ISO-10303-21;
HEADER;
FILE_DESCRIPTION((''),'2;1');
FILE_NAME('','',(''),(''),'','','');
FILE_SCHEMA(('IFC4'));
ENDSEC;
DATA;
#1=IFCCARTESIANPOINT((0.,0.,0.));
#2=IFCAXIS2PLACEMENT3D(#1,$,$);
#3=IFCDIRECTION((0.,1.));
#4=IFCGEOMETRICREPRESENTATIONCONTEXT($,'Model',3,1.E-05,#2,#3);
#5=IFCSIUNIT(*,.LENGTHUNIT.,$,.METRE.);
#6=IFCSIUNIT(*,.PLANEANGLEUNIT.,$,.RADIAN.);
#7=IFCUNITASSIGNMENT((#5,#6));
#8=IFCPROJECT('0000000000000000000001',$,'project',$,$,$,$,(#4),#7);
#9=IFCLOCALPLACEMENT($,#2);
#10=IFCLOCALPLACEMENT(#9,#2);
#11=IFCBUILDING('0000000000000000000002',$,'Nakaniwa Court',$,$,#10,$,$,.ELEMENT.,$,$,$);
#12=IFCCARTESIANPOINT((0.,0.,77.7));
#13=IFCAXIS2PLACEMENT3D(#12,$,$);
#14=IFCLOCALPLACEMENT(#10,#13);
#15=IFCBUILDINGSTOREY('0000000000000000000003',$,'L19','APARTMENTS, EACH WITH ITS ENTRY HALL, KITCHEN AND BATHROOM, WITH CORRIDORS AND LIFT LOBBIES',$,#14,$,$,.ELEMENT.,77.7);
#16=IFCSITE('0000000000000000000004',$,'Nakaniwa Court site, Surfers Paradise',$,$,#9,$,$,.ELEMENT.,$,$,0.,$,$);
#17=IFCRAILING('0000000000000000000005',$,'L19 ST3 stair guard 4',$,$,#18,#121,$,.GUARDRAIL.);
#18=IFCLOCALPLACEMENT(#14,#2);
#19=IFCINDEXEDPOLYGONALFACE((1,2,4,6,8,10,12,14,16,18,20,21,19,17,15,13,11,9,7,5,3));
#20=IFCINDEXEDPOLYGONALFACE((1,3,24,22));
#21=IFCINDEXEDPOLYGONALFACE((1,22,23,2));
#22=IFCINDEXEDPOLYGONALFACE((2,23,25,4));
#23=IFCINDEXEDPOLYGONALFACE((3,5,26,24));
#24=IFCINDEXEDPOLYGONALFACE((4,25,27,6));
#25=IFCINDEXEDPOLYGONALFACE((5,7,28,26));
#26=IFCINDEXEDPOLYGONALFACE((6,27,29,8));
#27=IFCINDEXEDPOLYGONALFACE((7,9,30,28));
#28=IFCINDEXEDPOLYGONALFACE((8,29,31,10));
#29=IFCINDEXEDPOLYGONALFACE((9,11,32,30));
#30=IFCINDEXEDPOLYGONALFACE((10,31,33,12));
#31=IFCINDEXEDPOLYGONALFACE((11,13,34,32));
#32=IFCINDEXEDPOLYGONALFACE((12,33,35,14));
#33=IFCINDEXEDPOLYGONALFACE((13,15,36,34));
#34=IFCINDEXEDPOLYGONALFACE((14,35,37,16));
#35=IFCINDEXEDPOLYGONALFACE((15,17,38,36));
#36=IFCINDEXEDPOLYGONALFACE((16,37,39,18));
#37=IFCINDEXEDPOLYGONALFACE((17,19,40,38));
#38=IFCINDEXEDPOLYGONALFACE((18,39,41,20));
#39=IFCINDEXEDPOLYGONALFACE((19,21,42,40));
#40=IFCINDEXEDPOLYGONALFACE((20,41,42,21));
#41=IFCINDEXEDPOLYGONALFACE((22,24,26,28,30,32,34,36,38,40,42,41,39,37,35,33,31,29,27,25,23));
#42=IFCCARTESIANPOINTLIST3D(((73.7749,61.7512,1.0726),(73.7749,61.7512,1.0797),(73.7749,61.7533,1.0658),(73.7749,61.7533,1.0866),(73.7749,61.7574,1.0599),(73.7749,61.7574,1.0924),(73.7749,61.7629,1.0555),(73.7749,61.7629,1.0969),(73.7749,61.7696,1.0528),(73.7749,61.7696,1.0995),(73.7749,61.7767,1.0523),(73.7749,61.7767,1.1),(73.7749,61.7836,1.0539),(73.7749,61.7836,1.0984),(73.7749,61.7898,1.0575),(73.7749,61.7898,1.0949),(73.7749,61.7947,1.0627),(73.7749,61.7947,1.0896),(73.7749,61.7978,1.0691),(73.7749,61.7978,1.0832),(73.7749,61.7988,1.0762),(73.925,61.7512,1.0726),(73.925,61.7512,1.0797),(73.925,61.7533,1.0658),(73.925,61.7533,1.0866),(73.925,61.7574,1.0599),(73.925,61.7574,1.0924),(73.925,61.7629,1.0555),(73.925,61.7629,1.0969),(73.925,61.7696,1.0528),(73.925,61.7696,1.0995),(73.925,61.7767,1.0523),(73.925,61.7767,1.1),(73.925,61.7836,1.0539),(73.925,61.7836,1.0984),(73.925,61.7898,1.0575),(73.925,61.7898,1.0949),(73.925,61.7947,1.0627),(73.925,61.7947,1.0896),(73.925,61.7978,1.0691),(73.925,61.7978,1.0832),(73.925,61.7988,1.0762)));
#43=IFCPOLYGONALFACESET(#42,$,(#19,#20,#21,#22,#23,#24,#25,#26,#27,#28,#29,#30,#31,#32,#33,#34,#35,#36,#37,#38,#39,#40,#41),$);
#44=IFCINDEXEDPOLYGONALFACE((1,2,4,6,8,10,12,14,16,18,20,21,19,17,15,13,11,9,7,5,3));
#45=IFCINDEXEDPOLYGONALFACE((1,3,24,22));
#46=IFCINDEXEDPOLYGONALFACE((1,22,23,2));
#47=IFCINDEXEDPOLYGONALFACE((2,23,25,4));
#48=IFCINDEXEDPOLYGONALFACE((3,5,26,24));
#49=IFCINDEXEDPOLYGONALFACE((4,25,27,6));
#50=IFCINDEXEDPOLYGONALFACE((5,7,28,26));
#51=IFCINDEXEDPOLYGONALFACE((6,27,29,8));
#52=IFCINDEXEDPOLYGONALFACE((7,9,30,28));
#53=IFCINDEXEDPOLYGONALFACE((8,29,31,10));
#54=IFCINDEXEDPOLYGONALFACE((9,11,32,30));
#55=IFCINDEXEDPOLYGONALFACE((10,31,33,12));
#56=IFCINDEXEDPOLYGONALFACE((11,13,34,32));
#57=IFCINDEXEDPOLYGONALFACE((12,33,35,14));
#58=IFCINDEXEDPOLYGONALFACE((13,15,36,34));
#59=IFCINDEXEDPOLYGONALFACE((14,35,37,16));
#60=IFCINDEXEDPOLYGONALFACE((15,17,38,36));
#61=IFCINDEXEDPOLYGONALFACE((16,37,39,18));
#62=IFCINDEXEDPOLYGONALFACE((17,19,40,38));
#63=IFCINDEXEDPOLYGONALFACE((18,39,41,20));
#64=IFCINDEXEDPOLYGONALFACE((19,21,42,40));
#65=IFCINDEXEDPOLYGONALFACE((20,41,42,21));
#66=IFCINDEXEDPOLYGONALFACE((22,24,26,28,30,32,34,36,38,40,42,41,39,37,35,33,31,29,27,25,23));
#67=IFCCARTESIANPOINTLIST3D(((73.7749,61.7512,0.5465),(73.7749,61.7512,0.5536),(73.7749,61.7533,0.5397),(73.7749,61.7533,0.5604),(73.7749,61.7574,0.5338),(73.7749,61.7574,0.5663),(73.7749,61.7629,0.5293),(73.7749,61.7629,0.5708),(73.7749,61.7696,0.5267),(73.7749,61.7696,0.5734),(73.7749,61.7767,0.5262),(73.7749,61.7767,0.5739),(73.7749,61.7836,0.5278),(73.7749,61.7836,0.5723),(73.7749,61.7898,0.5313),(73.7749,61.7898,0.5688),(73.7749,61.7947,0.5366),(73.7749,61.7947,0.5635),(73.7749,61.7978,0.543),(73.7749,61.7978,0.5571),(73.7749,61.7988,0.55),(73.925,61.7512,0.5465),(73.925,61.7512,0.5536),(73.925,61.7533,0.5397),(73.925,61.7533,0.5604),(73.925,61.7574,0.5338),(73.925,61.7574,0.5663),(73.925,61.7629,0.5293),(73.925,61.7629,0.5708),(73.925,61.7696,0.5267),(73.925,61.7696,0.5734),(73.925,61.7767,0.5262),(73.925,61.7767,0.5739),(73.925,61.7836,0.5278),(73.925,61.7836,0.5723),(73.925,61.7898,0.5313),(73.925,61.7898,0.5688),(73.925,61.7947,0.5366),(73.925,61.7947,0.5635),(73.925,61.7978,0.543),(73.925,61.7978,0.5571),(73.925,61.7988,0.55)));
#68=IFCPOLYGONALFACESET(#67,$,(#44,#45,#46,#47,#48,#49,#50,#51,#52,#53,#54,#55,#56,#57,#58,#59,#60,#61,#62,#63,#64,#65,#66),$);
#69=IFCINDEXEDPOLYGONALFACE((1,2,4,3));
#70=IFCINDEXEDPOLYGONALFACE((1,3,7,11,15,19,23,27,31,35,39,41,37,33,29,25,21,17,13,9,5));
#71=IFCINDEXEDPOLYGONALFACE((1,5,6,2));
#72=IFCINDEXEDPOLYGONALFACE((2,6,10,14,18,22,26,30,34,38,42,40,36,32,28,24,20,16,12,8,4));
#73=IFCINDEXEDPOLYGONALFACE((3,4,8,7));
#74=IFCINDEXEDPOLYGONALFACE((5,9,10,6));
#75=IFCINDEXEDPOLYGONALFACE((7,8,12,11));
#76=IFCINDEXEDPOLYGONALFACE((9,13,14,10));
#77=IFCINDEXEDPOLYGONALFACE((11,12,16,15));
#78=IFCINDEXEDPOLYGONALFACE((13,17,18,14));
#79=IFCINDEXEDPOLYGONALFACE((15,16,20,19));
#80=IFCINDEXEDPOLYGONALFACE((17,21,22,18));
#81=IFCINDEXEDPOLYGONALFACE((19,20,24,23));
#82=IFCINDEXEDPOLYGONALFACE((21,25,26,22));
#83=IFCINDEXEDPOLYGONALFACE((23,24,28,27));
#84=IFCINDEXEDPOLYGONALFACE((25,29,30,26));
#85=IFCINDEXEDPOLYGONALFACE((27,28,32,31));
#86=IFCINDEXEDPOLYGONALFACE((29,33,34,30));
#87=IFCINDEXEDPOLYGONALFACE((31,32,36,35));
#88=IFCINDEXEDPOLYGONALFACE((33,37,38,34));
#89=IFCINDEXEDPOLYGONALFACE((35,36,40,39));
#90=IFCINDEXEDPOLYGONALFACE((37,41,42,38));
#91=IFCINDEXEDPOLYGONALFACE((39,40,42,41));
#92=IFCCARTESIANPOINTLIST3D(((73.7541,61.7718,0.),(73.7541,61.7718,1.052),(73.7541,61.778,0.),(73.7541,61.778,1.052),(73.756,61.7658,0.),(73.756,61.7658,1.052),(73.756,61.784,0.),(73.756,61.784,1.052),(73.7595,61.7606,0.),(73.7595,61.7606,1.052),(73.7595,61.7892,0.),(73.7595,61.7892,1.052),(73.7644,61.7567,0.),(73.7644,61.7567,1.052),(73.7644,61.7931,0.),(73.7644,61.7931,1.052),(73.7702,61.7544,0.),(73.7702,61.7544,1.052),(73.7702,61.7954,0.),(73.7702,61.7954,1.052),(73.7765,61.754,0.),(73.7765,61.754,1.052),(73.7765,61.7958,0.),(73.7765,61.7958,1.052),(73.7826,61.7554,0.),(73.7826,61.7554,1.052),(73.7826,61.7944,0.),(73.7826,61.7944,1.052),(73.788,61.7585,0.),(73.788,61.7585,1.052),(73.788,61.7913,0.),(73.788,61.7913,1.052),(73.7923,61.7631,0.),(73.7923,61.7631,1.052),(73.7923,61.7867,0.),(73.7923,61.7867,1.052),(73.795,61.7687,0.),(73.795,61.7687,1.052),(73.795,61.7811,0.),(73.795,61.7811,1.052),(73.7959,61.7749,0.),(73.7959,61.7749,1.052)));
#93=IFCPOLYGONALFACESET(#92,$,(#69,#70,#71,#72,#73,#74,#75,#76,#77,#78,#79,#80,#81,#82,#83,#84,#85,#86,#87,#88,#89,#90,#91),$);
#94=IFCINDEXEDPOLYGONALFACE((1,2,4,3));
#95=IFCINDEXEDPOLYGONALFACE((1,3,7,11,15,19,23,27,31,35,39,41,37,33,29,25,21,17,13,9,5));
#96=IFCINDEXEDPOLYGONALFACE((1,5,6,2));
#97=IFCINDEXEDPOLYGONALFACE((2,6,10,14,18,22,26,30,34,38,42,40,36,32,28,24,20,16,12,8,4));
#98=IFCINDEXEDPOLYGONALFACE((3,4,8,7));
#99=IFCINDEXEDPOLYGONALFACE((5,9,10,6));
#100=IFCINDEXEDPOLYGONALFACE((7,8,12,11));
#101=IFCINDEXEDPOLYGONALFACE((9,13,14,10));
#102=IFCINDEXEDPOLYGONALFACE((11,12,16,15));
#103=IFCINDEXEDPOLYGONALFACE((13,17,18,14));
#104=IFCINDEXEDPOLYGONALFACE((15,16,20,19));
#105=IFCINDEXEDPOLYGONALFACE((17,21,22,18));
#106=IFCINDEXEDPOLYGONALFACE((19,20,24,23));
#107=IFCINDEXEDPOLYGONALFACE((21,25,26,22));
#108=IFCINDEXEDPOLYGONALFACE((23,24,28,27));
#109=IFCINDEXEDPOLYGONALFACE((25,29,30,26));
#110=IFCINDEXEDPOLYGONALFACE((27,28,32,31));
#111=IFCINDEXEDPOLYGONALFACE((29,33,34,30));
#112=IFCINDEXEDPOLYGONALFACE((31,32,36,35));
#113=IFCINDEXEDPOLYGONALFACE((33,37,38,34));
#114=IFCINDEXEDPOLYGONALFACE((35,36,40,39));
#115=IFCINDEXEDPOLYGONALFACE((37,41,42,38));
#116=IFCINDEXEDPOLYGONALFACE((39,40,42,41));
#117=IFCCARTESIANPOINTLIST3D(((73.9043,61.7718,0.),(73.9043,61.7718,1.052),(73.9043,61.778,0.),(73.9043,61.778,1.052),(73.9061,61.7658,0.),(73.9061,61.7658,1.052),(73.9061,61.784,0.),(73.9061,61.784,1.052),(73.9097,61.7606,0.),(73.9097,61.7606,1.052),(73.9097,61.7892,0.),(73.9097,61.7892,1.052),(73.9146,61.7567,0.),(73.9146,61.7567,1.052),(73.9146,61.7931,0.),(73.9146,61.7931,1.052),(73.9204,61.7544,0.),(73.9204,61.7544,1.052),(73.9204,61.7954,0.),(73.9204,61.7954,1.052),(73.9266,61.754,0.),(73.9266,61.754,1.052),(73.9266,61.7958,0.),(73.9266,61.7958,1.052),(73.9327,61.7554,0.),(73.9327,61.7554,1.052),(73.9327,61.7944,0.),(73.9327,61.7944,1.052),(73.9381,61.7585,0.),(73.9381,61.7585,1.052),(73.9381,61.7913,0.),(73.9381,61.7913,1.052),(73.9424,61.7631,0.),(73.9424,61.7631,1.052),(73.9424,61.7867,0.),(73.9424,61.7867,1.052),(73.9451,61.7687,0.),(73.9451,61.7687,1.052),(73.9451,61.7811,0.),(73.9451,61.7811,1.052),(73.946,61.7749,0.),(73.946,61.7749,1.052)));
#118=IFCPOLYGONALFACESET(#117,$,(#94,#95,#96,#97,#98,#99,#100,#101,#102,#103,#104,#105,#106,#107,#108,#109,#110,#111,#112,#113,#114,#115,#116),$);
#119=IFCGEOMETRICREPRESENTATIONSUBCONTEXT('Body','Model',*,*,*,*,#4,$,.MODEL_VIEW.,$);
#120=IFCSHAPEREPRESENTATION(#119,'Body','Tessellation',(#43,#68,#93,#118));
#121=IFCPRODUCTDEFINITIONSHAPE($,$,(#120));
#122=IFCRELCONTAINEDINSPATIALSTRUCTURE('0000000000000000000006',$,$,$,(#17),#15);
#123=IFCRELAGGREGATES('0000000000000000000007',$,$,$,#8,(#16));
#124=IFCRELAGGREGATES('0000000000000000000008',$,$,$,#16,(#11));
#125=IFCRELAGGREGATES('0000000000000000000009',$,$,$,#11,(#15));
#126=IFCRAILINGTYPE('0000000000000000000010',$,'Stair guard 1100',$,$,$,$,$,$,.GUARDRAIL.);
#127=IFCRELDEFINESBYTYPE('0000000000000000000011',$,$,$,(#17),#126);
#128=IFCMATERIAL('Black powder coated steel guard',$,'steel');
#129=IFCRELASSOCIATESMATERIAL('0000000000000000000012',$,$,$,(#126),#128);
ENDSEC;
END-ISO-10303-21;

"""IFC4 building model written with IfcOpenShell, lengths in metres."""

from ifc_helpers import new_model, si_unit, direction, frame, origin, origin_2d, place, context, subcontext, project, spatial, circle, extrude, material, type_object, element, save


model = new_model("IFC4")

# Units and contexts
model_context = context("Model", 3, precision=1e-05, world=origin(), true_north=direction((0.0, 1.0)))
body_context = subcontext(model_context, "Body", "Model", "MODEL_VIEW")
ifc_project = project(units=[si_unit("LENGTHUNIT", "METRE"), si_unit("PLANEANGLEUNIT", "RADIAN")], contexts=[model_context])

# Site, building, storey
site_placement = place(None, origin())
site = spatial("IfcSite", under=ifc_project, at=site_placement, Name="Nakaniwa Court site, Surfers Paradise", CompositionType="ELEMENT", RefElevation=0.0)
building_placement = place(site_placement, origin())
building = spatial("IfcBuilding", under=site, at=building_placement, Name="Nakaniwa Court", CompositionType="ELEMENT")
storey_placement = place(building_placement, frame((0.0, 0.0, 77.7)))
storey = spatial("IfcBuildingStorey", under=building, at=storey_placement, Name="L19", Description="APARTMENTS, EACH WITH ITS ENTRY HALL, KITCHEN AND BATHROOM, WITH CORRIDORS AND LIFT LOBBIES", CompositionType="ELEMENT", Elevation=77.7)

# Railing
ifc_material_1 = material(Name="Black powder coated steel guard", Category="steel")
railing_type_1 = type_object("IfcRailingType", Name="Stair guard 1100", PredefinedType="GUARDRAIL", material=ifc_material_1)
railing_1_placement = place(storey_placement, frame((73.7749, 61.7749, 0.0)))
element("IfcRailing", 1, at=railing_1_placement, inside=storey, type_object=railing_type_1, Name="L19 ST3 stair guard 4", PredefinedType="GUARDRAIL", context=body_context, shape_type="SweptSolid", body=[
    extrude(circle(Radius=0.0239, at=origin_2d()), frame((0.0, 0.0, 1.0762), z_axis=(1.0, 0.0, 0.0), x_axis=(0.0, 1.0, 0.0)), (0.0, 0.0, 1.0), 0.1501),
    extrude(circle(Radius=0.0239, at=origin_2d()), frame((0.0, 0.0, 0.55), z_axis=(1.0, 0.0, 0.0), x_axis=(0.0, 1.0, 0.0)), (0.0, 0.0, 1.0), 0.1501),
    extrude(circle(Radius=0.021, at=origin_2d()), origin(), (0.0, 0.0, 1.0), 1.052),
    extrude(circle(Radius=0.021, at=origin_2d()), frame((0.1501, 0.0, 0.0)), (0.0, 0.0, 1.0), 1.052),
])

save(model, "model.ifc")
